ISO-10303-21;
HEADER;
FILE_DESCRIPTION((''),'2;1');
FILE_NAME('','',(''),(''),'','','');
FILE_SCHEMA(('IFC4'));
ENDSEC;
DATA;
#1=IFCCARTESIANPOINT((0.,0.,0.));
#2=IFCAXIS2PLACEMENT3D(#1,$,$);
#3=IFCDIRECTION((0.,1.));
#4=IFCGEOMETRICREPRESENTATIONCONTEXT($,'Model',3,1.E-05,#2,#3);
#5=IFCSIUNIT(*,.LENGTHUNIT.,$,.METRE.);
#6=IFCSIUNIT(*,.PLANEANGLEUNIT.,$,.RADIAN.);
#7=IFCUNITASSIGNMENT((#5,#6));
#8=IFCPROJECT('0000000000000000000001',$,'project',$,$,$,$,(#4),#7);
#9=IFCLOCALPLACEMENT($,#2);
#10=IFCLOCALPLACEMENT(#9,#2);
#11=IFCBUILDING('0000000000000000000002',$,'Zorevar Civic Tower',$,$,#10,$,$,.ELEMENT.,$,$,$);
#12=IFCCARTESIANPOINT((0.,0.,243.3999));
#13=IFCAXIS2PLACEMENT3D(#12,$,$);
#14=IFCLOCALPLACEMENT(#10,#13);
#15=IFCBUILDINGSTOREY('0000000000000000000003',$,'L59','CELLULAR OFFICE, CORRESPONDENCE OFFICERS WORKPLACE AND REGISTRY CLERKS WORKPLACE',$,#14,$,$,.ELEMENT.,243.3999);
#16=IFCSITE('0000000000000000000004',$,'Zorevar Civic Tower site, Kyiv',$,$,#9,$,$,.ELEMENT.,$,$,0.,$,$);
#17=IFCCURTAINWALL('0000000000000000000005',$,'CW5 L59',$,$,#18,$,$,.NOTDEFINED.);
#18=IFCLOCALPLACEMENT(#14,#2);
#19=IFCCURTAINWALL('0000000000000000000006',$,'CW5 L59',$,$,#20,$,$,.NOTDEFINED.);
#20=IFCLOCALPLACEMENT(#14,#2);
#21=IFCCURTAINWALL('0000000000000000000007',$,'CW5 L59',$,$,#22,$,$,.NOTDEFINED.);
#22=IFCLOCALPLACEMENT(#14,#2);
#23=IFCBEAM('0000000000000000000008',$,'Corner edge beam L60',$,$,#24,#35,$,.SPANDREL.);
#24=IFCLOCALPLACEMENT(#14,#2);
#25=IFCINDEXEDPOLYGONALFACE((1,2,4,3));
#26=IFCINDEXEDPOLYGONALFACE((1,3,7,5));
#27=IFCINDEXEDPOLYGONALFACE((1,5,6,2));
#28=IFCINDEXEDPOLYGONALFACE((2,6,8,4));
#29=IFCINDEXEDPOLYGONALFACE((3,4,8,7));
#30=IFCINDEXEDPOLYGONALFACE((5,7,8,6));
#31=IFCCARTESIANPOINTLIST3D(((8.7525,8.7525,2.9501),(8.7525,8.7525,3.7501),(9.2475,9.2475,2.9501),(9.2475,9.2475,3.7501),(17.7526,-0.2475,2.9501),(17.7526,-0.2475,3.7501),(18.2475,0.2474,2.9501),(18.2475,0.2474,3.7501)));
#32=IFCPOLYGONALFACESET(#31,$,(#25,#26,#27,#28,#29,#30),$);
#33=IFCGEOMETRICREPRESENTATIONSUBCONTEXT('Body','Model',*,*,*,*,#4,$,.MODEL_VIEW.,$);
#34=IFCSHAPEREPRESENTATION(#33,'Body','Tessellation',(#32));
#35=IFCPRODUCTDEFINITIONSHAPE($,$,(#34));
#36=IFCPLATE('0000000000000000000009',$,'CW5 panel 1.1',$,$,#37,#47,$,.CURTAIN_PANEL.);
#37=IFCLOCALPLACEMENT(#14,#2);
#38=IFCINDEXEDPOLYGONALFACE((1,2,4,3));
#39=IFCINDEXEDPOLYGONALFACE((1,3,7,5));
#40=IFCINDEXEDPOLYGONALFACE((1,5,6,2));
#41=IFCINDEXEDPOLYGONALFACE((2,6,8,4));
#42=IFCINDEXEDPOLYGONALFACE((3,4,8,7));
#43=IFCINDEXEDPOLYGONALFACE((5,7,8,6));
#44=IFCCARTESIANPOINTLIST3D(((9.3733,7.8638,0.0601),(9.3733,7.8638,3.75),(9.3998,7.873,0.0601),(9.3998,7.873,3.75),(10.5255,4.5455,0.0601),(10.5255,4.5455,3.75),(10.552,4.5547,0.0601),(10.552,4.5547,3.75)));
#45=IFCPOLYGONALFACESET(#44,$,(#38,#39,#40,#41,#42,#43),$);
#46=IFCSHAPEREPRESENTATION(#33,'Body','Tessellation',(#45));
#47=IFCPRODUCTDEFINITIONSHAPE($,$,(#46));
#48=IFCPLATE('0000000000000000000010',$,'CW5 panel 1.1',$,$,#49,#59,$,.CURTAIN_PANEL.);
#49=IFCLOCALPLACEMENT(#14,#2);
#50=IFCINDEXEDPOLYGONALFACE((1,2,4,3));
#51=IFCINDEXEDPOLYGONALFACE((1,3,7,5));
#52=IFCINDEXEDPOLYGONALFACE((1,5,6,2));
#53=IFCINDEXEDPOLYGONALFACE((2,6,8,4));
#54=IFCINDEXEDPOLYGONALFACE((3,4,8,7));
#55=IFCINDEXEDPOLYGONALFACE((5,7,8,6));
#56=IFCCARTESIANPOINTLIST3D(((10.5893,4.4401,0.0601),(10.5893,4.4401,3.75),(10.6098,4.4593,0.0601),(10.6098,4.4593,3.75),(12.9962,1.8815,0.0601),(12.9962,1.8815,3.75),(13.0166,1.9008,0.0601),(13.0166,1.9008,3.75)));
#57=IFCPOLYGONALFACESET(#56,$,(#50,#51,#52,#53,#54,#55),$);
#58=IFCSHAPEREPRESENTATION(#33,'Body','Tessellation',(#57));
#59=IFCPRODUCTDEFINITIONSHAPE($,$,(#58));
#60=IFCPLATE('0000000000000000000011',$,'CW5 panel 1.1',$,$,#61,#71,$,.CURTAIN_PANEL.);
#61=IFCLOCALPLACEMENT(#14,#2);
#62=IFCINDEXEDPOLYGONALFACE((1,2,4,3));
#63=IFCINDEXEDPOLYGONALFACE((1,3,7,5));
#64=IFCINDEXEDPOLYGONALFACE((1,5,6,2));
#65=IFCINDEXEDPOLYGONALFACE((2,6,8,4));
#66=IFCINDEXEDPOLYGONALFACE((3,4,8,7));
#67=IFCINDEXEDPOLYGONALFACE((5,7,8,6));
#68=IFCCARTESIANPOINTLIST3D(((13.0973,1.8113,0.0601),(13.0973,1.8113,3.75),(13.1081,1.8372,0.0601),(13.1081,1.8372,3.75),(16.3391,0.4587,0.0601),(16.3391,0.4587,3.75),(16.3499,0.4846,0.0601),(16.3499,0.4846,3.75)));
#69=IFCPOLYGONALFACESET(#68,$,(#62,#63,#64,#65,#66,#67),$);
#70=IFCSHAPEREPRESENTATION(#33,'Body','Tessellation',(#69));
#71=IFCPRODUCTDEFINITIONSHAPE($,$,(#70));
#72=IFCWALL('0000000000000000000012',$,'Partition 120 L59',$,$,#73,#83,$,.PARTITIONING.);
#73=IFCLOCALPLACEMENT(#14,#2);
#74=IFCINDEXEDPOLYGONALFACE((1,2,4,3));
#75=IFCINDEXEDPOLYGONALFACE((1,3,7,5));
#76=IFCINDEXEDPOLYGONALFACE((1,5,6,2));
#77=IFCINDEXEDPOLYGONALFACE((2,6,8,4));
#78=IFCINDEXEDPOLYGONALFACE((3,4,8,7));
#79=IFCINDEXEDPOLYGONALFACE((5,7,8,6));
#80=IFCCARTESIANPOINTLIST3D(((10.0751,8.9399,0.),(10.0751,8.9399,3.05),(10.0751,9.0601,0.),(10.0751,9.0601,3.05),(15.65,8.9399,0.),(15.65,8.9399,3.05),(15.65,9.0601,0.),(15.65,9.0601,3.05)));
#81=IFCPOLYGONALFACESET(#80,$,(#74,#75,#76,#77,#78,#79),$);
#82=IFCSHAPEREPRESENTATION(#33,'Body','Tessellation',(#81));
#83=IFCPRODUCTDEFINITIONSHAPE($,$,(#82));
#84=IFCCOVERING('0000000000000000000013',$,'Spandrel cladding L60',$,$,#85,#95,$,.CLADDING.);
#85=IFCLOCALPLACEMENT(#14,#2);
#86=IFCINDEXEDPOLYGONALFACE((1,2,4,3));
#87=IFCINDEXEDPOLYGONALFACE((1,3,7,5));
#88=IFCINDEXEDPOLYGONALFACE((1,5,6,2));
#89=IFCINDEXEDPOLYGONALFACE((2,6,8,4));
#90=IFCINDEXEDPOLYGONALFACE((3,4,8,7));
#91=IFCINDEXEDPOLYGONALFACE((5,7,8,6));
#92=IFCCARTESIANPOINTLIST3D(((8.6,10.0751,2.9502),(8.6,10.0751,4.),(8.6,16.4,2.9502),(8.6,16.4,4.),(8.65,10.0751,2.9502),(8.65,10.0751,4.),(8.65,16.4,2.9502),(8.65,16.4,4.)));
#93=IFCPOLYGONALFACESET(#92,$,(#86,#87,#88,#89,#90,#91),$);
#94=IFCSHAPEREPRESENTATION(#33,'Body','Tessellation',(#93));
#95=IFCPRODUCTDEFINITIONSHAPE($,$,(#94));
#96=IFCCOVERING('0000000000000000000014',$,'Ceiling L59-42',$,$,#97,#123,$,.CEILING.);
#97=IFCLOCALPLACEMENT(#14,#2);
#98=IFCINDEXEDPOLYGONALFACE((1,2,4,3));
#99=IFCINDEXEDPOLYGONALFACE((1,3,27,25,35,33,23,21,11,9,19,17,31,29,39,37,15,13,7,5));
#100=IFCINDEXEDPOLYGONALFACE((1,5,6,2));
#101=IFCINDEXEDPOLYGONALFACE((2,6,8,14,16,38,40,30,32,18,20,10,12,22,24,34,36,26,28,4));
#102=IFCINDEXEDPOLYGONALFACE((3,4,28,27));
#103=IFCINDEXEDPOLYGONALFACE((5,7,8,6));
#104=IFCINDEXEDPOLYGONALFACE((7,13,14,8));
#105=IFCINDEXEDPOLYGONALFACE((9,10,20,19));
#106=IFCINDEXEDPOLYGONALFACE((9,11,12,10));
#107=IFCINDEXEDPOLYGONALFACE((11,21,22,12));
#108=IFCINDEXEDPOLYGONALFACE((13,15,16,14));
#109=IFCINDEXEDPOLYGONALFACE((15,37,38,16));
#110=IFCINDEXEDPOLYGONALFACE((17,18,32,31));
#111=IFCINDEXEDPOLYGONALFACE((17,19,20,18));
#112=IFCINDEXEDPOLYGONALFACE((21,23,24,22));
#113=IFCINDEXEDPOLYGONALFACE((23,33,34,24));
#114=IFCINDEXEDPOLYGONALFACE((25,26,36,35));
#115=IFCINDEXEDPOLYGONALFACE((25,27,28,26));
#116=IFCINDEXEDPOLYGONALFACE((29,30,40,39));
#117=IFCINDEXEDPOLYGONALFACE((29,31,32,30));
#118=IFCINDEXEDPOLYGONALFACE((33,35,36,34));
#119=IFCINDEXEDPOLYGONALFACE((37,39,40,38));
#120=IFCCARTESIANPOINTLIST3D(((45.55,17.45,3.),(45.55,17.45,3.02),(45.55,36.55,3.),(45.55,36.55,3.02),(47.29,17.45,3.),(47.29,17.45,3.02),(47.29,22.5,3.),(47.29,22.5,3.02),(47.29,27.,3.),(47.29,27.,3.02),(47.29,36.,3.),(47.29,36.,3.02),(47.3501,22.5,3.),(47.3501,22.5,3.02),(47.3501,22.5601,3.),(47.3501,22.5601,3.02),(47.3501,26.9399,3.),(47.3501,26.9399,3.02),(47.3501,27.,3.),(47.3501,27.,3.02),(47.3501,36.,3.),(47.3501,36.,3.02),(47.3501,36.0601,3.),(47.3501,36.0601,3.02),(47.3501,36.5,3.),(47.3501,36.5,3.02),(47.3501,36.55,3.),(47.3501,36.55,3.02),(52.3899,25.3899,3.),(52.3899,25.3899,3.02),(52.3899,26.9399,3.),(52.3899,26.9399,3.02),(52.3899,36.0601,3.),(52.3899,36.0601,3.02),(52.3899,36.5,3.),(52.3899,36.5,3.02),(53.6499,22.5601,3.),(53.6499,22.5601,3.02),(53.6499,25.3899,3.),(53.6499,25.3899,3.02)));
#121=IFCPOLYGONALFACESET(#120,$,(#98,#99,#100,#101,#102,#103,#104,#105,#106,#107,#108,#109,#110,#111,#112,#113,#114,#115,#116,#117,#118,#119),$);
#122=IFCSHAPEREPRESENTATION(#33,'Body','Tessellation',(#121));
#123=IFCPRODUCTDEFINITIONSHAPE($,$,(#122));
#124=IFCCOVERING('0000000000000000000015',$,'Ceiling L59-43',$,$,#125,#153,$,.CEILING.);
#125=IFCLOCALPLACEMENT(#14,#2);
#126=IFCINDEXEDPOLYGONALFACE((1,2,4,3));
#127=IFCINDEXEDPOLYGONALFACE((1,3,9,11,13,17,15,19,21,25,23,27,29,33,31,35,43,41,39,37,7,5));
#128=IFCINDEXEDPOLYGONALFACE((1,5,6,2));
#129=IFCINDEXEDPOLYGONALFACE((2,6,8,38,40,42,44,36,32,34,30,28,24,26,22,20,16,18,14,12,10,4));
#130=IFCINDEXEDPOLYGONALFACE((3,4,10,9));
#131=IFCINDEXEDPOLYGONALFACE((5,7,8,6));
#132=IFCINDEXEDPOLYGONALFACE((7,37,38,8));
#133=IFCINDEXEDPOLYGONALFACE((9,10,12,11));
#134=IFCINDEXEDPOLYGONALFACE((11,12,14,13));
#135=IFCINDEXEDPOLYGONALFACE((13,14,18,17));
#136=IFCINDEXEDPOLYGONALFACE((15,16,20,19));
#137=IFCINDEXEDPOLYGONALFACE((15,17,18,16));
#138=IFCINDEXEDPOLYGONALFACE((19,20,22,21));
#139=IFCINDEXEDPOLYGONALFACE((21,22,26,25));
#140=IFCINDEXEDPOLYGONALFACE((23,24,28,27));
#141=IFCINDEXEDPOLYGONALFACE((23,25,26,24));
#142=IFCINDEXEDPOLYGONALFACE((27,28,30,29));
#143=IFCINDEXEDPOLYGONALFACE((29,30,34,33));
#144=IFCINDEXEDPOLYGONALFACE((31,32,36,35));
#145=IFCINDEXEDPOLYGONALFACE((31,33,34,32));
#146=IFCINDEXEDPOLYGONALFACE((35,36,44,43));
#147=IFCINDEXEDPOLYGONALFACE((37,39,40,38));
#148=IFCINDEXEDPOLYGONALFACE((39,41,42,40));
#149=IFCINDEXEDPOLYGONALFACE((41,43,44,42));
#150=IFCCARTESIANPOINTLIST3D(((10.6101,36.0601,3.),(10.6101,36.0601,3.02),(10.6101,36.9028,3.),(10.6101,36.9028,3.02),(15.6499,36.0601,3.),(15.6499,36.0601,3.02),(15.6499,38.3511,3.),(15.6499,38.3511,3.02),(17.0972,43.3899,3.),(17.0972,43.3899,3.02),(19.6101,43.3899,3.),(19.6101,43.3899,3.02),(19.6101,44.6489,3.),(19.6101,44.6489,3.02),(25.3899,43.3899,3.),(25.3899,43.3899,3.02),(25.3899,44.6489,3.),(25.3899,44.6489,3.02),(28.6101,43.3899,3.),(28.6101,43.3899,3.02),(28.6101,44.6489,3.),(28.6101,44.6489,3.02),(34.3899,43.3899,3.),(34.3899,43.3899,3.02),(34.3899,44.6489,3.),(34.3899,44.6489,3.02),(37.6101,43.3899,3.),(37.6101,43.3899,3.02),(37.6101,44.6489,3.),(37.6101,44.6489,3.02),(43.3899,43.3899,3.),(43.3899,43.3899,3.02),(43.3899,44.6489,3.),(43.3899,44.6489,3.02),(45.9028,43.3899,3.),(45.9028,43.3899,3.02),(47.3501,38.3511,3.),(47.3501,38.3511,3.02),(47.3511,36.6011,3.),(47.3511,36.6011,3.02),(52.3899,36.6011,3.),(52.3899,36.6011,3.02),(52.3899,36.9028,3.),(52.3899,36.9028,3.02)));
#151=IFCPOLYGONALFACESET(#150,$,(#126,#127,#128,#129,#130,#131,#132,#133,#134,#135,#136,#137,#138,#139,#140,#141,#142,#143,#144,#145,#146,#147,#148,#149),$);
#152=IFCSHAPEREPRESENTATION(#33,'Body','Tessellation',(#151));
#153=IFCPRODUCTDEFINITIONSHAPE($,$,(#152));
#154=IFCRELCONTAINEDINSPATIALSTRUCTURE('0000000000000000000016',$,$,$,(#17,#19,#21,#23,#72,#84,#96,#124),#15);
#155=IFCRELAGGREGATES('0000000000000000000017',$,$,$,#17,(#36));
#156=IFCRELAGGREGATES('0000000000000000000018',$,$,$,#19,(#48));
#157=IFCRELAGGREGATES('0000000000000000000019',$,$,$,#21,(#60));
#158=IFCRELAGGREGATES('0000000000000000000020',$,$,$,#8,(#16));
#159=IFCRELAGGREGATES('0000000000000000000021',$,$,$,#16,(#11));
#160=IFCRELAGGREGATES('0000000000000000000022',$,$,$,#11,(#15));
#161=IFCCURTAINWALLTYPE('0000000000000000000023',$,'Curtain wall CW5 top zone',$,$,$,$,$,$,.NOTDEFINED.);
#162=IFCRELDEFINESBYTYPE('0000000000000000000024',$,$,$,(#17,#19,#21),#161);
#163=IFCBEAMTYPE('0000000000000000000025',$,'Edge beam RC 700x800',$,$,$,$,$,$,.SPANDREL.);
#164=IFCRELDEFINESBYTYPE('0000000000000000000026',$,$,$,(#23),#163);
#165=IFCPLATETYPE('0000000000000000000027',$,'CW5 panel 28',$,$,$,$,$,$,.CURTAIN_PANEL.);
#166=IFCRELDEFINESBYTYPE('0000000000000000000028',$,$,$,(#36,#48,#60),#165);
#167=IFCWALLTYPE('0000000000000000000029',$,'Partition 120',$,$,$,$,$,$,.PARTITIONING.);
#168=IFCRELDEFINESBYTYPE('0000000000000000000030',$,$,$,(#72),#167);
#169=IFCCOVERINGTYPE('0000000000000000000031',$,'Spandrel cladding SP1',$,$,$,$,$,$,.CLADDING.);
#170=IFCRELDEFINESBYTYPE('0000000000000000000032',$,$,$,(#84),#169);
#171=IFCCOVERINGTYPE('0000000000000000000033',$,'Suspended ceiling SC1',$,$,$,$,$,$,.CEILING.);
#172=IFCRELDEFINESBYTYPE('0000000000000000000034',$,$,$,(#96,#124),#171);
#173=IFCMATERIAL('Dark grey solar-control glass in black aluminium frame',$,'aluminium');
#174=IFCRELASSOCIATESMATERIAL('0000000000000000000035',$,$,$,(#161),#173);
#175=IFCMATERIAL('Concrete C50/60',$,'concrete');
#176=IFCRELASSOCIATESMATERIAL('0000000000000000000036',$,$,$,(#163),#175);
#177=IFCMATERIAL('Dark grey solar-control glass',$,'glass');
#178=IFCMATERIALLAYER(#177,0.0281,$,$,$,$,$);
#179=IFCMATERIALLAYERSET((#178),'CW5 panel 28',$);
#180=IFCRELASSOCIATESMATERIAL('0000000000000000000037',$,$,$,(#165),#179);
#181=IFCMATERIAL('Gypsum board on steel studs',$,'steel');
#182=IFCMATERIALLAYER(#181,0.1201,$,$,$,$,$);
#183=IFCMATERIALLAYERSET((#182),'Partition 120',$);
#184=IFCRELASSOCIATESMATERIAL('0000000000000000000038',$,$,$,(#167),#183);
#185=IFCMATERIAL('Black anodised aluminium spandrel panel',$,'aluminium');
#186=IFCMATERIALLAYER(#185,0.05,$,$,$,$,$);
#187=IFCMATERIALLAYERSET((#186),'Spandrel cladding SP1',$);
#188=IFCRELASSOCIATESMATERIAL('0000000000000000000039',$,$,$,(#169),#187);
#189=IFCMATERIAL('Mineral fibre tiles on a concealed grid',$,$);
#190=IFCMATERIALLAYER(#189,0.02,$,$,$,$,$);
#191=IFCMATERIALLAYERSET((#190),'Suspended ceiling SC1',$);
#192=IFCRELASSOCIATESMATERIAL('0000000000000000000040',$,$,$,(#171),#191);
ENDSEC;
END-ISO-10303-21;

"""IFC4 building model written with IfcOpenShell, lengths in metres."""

from ifc_helpers import new_model, si_unit, direction, frame, frame_2d, origin, origin_2d, place, context, subcontext, project, spatial, polyline, rectangle, outline, extrude, material, layer, layer_set, material_profile, profile_set, type_object, element, aggregate, save


model = new_model("IFC4")

# Units and contexts
model_context = context("Model", 3, precision=1e-05, world=origin(), true_north=direction((0.0, 1.0)))
body_context = subcontext(model_context, "Body", "Model", "MODEL_VIEW")
ifc_project = project(units=[si_unit("LENGTHUNIT", "METRE"), si_unit("PLANEANGLEUNIT", "RADIAN")], contexts=[model_context])

# Site, building, storey
site_placement = place(None, origin())
site = spatial("IfcSite", under=ifc_project, at=site_placement, Name="Zorevar Civic Tower site, Kyiv", CompositionType="ELEMENT", RefElevation=0.0)
building_placement = place(site_placement, origin())
building = spatial("IfcBuilding", under=site, at=building_placement, Name="Zorevar Civic Tower", CompositionType="ELEMENT")
storey_placement = place(building_placement, frame((0.0, 0.0, 243.3999)))
storey = spatial("IfcBuildingStorey", under=building, at=storey_placement, Name="L59", Description="CELLULAR OFFICE, CORRESPONDENCE OFFICERS WORKPLACE AND REGISTRY CLERKS WORKPLACE", CompositionType="ELEMENT", Elevation=243.3999)

# Curtain walls
ifc_material_1 = material(Name="Dark grey solar-control glass in black aluminium frame", Category="aluminium")
curtain_wall_type = type_object("IfcCurtainWallType", Name="Curtain wall CW5 top zone", PredefinedType="NOTDEFINED", material=ifc_material_1)
curtain_wall_1_placement = place(storey_placement, origin())
curtain_wall_1 = element("IfcCurtainWall", 1, at=curtain_wall_1_placement, inside=storey, type_object=curtain_wall_type, Name="CW5 L59", PredefinedType="NOTDEFINED")
curtain_wall_2_placement = place(storey_placement, origin())
curtain_wall_2 = element("IfcCurtainWall", 2, at=curtain_wall_2_placement, inside=storey, type_object=curtain_wall_type, Name="CW5 L59", PredefinedType="NOTDEFINED")

# Curtain wall
curtain_wall_3_placement = place(storey_placement, origin())
curtain_wall_3 = element("IfcCurtainWall", 3, at=curtain_wall_3_placement, inside=storey, type_object=curtain_wall_type, Name="CW5 L59", PredefinedType="NOTDEFINED")

# Beam
ifc_material_2 = material(Name="Concrete C50/60", Category="concrete")
ifc_material_profile_1 = material_profile(ifc_material_2, rectangle(XDim=0.7, YDim=0.8, at=origin_2d()), Name="RC 700x800")
ifc_profile_set_1 = profile_set([ifc_material_profile_1], Name="Concrete C50/60")
beam_type_1 = type_object("IfcBeamType", Name="Edge beam RC 700x800", PredefinedType="SPANDREL", material=ifc_profile_set_1)
beam_1_placement = place(storey_placement, frame((9.0, 9.0, 3.3501), z_axis=(0.707107, -0.707107, 0.0), x_axis=(0.707107, 0.707107, 0.0)))
element("IfcBeam", 4, at=beam_1_placement, inside=storey, type_object=beam_type_1, Name="Corner edge beam L60", PredefinedType="SPANDREL", context=body_context, shape_type="SweptSolid", body=[
    extrude(rectangle(XDim=0.7, YDim=0.8, at=origin_2d()), origin(), (0.0, 0.0, 1.0), 12.728),
])

# Plates
ifc_material_3 = material(Name="Dark grey solar-control glass", Category="glass")
ifc_layer_1 = layer(ifc_material_3, 0.0281)
ifc_layer_set_1 = layer_set([ifc_layer_1], Name="CW5 panel 28")
plate_type = type_object("IfcPlateType", Name="CW5 panel 28", PredefinedType="CURTAIN_PANEL", material=ifc_layer_set_1)
plate_1_placement = place(storey_placement, frame((9.9626, 6.2092, 0.0601), z_axis=(0.0, 0.0, 1.0), x_axis=(0.328026, -0.944669, 0.0)))
plate_1 = element("IfcPlate", 5, at=plate_1_placement, type_object=plate_type, Name="CW5 panel 1.1", PredefinedType="CURTAIN_PANEL", context=body_context, shape_type="SweptSolid", body=[
    extrude(rectangle(XDim=3.5127, YDim=0.0281, at=origin_2d()), origin(), (0.0, 0.0, 1.0), 3.6899),
])
aggregate(curtain_wall_1, [plate_1])
plate_2_placement = place(storey_placement, frame((11.803, 3.1704, 0.0601), z_axis=(0.0, 0.0, 1.0), x_axis=(0.685185, -0.728369, 0.0)))
plate_2 = element("IfcPlate", 6, at=plate_2_placement, type_object=plate_type, Name="CW5 panel 1.1", PredefinedType="CURTAIN_PANEL", context=body_context, shape_type="SweptSolid", body=[
    extrude(rectangle(XDim=3.5127, YDim=0.0281, at=origin_2d()), origin(), (0.0, 0.0, 1.0), 3.6899),
])
aggregate(curtain_wall_2, [plate_2])
plate_3_placement = place(storey_placement, frame((14.7236, 1.1479, 0.0601), z_axis=(0.0, 0.0, 1.0), x_axis=(0.922883, -0.38508, 0.0)))
plate_3 = element("IfcPlate", 7, at=plate_3_placement, type_object=plate_type, Name="CW5 panel 1.1", PredefinedType="CURTAIN_PANEL", context=body_context, shape_type="SweptSolid", body=[
    extrude(rectangle(XDim=3.5127, YDim=0.0281, at=origin_2d()), origin(), (0.0, 0.0, 1.0), 3.6899),
])
aggregate(curtain_wall_3, [plate_3])

# Wall
ifc_material_4 = material(Name="Gypsum board on steel studs", Category="steel")
ifc_layer_2 = layer(ifc_material_4, 0.1201)
ifc_layer_set_2 = layer_set([ifc_layer_2], Name="Partition 120")
wall_type = type_object("IfcWallType", Name="Partition 120", PredefinedType="PARTITIONING", material=ifc_layer_set_2)
wall_placement = place(storey_placement, frame((10.075, 9.0, 0.0), z_axis=(0.0, 0.0, 1.0), x_axis=(1.0, 0.0, 0.0)))
element("IfcWall", 8, at=wall_placement, inside=storey, type_object=wall_type, Name="Partition 120 L59", PredefinedType="PARTITIONING", context=body_context, shape_type="SweptSolid", body=[
    extrude(rectangle(XDim=5.575, YDim=0.1201, at=frame_2d((2.7876, 0.0))), origin(), (0.0, 0.0, 1.0), 3.05),
])

# Coverings
ifc_material_5 = material(Name="Black anodised aluminium spandrel panel", Category="aluminium")
ifc_layer_3 = layer(ifc_material_5, 0.05)
ifc_layer_set_3 = layer_set([ifc_layer_3], Name="Spandrel cladding SP1")
covering_type_1 = type_object("IfcCoveringType", Name="Spandrel cladding SP1", PredefinedType="CLADDING", material=ifc_layer_set_3)
covering_1_placement = place(storey_placement, frame((8.625, 10.075, 2.9502), z_axis=(0.0, 0.0, 1.0), x_axis=(0.0, 1.0, 0.0)))
element("IfcCovering", 9, at=covering_1_placement, inside=storey, type_object=covering_type_1, Name="Spandrel cladding L60", PredefinedType="CLADDING", context=body_context, shape_type="SweptSolid", body=[
    extrude(rectangle(XDim=6.325, YDim=0.05, at=frame_2d((3.1626, 0.0))), origin(), (0.0, 0.0, 1.0), 1.0498),
])
ifc_material_6 = material(Name="Mineral fibre tiles on a concealed grid")
ifc_layer_4 = layer(ifc_material_6, 0.02)
ifc_layer_set_4 = layer_set([ifc_layer_4], Name="Suspended ceiling SC1")
covering_type_2 = type_object("IfcCoveringType", Name="Suspended ceiling SC1", PredefinedType="CEILING", material=ifc_layer_set_4)
covering_2_placement = place(storey_placement, frame((0.0, 0.0, 3.0)))
element("IfcCovering", 10, at=covering_2_placement, inside=storey, type_object=covering_type_2, Name="Ceiling L59-42", PredefinedType="CEILING", context=body_context, shape_type="SweptSolid", body=[
    extrude(outline(polyline([(47.29, 36.0), (47.29, 27.0), (47.3501, 27.0), (47.3501, 26.9399), (52.3899, 26.9399), (52.3899, 25.3899), (53.6499, 25.3899), (53.6499, 22.5601), (47.3501, 22.5601), (47.3501, 22.5), (47.29, 22.5), (47.29, 17.45), (45.55, 17.45), (45.55, 36.55), (47.3501, 36.55), (47.3501, 36.5), (52.3899, 36.5), (52.3899, 36.0601), (47.3501, 36.0601), (47.3501, 36.0), (47.29, 36.0)])), origin(), (0.0, 0.0, 1.0), 0.02),
])
covering_3_placement = place(storey_placement, frame((0.0, 0.0, 3.0)))
element("IfcCovering", 11, at=covering_3_placement, inside=storey, type_object=covering_type_2, Name="Ceiling L59-43", PredefinedType="CEILING", context=body_context, shape_type="SweptSolid", body=[
    extrude(outline(polyline([(25.3899, 44.6489), (25.3899, 43.3899), (28.6101, 43.3899), (28.6101, 44.6489), (34.3899, 44.6489), (34.3899, 43.3899), (37.6101, 43.3899), (37.6101, 44.6489), (43.3899, 44.6489), (43.3899, 43.3899), (45.9028, 43.3899), (52.3899, 36.9028), (52.3899, 36.6011), (47.3511, 36.6011), (47.3501, 38.3511), (15.6499, 38.3511), (15.6499, 36.0601), (10.6101, 36.0601), (10.6101, 36.9028), (17.0972, 43.3899), (19.6101, 43.3899), (19.6101, 44.6489), (25.3899, 44.6489)])), origin(), (0.0, 0.0, 1.0), 0.02),
])

save(model, "model.ifc")
